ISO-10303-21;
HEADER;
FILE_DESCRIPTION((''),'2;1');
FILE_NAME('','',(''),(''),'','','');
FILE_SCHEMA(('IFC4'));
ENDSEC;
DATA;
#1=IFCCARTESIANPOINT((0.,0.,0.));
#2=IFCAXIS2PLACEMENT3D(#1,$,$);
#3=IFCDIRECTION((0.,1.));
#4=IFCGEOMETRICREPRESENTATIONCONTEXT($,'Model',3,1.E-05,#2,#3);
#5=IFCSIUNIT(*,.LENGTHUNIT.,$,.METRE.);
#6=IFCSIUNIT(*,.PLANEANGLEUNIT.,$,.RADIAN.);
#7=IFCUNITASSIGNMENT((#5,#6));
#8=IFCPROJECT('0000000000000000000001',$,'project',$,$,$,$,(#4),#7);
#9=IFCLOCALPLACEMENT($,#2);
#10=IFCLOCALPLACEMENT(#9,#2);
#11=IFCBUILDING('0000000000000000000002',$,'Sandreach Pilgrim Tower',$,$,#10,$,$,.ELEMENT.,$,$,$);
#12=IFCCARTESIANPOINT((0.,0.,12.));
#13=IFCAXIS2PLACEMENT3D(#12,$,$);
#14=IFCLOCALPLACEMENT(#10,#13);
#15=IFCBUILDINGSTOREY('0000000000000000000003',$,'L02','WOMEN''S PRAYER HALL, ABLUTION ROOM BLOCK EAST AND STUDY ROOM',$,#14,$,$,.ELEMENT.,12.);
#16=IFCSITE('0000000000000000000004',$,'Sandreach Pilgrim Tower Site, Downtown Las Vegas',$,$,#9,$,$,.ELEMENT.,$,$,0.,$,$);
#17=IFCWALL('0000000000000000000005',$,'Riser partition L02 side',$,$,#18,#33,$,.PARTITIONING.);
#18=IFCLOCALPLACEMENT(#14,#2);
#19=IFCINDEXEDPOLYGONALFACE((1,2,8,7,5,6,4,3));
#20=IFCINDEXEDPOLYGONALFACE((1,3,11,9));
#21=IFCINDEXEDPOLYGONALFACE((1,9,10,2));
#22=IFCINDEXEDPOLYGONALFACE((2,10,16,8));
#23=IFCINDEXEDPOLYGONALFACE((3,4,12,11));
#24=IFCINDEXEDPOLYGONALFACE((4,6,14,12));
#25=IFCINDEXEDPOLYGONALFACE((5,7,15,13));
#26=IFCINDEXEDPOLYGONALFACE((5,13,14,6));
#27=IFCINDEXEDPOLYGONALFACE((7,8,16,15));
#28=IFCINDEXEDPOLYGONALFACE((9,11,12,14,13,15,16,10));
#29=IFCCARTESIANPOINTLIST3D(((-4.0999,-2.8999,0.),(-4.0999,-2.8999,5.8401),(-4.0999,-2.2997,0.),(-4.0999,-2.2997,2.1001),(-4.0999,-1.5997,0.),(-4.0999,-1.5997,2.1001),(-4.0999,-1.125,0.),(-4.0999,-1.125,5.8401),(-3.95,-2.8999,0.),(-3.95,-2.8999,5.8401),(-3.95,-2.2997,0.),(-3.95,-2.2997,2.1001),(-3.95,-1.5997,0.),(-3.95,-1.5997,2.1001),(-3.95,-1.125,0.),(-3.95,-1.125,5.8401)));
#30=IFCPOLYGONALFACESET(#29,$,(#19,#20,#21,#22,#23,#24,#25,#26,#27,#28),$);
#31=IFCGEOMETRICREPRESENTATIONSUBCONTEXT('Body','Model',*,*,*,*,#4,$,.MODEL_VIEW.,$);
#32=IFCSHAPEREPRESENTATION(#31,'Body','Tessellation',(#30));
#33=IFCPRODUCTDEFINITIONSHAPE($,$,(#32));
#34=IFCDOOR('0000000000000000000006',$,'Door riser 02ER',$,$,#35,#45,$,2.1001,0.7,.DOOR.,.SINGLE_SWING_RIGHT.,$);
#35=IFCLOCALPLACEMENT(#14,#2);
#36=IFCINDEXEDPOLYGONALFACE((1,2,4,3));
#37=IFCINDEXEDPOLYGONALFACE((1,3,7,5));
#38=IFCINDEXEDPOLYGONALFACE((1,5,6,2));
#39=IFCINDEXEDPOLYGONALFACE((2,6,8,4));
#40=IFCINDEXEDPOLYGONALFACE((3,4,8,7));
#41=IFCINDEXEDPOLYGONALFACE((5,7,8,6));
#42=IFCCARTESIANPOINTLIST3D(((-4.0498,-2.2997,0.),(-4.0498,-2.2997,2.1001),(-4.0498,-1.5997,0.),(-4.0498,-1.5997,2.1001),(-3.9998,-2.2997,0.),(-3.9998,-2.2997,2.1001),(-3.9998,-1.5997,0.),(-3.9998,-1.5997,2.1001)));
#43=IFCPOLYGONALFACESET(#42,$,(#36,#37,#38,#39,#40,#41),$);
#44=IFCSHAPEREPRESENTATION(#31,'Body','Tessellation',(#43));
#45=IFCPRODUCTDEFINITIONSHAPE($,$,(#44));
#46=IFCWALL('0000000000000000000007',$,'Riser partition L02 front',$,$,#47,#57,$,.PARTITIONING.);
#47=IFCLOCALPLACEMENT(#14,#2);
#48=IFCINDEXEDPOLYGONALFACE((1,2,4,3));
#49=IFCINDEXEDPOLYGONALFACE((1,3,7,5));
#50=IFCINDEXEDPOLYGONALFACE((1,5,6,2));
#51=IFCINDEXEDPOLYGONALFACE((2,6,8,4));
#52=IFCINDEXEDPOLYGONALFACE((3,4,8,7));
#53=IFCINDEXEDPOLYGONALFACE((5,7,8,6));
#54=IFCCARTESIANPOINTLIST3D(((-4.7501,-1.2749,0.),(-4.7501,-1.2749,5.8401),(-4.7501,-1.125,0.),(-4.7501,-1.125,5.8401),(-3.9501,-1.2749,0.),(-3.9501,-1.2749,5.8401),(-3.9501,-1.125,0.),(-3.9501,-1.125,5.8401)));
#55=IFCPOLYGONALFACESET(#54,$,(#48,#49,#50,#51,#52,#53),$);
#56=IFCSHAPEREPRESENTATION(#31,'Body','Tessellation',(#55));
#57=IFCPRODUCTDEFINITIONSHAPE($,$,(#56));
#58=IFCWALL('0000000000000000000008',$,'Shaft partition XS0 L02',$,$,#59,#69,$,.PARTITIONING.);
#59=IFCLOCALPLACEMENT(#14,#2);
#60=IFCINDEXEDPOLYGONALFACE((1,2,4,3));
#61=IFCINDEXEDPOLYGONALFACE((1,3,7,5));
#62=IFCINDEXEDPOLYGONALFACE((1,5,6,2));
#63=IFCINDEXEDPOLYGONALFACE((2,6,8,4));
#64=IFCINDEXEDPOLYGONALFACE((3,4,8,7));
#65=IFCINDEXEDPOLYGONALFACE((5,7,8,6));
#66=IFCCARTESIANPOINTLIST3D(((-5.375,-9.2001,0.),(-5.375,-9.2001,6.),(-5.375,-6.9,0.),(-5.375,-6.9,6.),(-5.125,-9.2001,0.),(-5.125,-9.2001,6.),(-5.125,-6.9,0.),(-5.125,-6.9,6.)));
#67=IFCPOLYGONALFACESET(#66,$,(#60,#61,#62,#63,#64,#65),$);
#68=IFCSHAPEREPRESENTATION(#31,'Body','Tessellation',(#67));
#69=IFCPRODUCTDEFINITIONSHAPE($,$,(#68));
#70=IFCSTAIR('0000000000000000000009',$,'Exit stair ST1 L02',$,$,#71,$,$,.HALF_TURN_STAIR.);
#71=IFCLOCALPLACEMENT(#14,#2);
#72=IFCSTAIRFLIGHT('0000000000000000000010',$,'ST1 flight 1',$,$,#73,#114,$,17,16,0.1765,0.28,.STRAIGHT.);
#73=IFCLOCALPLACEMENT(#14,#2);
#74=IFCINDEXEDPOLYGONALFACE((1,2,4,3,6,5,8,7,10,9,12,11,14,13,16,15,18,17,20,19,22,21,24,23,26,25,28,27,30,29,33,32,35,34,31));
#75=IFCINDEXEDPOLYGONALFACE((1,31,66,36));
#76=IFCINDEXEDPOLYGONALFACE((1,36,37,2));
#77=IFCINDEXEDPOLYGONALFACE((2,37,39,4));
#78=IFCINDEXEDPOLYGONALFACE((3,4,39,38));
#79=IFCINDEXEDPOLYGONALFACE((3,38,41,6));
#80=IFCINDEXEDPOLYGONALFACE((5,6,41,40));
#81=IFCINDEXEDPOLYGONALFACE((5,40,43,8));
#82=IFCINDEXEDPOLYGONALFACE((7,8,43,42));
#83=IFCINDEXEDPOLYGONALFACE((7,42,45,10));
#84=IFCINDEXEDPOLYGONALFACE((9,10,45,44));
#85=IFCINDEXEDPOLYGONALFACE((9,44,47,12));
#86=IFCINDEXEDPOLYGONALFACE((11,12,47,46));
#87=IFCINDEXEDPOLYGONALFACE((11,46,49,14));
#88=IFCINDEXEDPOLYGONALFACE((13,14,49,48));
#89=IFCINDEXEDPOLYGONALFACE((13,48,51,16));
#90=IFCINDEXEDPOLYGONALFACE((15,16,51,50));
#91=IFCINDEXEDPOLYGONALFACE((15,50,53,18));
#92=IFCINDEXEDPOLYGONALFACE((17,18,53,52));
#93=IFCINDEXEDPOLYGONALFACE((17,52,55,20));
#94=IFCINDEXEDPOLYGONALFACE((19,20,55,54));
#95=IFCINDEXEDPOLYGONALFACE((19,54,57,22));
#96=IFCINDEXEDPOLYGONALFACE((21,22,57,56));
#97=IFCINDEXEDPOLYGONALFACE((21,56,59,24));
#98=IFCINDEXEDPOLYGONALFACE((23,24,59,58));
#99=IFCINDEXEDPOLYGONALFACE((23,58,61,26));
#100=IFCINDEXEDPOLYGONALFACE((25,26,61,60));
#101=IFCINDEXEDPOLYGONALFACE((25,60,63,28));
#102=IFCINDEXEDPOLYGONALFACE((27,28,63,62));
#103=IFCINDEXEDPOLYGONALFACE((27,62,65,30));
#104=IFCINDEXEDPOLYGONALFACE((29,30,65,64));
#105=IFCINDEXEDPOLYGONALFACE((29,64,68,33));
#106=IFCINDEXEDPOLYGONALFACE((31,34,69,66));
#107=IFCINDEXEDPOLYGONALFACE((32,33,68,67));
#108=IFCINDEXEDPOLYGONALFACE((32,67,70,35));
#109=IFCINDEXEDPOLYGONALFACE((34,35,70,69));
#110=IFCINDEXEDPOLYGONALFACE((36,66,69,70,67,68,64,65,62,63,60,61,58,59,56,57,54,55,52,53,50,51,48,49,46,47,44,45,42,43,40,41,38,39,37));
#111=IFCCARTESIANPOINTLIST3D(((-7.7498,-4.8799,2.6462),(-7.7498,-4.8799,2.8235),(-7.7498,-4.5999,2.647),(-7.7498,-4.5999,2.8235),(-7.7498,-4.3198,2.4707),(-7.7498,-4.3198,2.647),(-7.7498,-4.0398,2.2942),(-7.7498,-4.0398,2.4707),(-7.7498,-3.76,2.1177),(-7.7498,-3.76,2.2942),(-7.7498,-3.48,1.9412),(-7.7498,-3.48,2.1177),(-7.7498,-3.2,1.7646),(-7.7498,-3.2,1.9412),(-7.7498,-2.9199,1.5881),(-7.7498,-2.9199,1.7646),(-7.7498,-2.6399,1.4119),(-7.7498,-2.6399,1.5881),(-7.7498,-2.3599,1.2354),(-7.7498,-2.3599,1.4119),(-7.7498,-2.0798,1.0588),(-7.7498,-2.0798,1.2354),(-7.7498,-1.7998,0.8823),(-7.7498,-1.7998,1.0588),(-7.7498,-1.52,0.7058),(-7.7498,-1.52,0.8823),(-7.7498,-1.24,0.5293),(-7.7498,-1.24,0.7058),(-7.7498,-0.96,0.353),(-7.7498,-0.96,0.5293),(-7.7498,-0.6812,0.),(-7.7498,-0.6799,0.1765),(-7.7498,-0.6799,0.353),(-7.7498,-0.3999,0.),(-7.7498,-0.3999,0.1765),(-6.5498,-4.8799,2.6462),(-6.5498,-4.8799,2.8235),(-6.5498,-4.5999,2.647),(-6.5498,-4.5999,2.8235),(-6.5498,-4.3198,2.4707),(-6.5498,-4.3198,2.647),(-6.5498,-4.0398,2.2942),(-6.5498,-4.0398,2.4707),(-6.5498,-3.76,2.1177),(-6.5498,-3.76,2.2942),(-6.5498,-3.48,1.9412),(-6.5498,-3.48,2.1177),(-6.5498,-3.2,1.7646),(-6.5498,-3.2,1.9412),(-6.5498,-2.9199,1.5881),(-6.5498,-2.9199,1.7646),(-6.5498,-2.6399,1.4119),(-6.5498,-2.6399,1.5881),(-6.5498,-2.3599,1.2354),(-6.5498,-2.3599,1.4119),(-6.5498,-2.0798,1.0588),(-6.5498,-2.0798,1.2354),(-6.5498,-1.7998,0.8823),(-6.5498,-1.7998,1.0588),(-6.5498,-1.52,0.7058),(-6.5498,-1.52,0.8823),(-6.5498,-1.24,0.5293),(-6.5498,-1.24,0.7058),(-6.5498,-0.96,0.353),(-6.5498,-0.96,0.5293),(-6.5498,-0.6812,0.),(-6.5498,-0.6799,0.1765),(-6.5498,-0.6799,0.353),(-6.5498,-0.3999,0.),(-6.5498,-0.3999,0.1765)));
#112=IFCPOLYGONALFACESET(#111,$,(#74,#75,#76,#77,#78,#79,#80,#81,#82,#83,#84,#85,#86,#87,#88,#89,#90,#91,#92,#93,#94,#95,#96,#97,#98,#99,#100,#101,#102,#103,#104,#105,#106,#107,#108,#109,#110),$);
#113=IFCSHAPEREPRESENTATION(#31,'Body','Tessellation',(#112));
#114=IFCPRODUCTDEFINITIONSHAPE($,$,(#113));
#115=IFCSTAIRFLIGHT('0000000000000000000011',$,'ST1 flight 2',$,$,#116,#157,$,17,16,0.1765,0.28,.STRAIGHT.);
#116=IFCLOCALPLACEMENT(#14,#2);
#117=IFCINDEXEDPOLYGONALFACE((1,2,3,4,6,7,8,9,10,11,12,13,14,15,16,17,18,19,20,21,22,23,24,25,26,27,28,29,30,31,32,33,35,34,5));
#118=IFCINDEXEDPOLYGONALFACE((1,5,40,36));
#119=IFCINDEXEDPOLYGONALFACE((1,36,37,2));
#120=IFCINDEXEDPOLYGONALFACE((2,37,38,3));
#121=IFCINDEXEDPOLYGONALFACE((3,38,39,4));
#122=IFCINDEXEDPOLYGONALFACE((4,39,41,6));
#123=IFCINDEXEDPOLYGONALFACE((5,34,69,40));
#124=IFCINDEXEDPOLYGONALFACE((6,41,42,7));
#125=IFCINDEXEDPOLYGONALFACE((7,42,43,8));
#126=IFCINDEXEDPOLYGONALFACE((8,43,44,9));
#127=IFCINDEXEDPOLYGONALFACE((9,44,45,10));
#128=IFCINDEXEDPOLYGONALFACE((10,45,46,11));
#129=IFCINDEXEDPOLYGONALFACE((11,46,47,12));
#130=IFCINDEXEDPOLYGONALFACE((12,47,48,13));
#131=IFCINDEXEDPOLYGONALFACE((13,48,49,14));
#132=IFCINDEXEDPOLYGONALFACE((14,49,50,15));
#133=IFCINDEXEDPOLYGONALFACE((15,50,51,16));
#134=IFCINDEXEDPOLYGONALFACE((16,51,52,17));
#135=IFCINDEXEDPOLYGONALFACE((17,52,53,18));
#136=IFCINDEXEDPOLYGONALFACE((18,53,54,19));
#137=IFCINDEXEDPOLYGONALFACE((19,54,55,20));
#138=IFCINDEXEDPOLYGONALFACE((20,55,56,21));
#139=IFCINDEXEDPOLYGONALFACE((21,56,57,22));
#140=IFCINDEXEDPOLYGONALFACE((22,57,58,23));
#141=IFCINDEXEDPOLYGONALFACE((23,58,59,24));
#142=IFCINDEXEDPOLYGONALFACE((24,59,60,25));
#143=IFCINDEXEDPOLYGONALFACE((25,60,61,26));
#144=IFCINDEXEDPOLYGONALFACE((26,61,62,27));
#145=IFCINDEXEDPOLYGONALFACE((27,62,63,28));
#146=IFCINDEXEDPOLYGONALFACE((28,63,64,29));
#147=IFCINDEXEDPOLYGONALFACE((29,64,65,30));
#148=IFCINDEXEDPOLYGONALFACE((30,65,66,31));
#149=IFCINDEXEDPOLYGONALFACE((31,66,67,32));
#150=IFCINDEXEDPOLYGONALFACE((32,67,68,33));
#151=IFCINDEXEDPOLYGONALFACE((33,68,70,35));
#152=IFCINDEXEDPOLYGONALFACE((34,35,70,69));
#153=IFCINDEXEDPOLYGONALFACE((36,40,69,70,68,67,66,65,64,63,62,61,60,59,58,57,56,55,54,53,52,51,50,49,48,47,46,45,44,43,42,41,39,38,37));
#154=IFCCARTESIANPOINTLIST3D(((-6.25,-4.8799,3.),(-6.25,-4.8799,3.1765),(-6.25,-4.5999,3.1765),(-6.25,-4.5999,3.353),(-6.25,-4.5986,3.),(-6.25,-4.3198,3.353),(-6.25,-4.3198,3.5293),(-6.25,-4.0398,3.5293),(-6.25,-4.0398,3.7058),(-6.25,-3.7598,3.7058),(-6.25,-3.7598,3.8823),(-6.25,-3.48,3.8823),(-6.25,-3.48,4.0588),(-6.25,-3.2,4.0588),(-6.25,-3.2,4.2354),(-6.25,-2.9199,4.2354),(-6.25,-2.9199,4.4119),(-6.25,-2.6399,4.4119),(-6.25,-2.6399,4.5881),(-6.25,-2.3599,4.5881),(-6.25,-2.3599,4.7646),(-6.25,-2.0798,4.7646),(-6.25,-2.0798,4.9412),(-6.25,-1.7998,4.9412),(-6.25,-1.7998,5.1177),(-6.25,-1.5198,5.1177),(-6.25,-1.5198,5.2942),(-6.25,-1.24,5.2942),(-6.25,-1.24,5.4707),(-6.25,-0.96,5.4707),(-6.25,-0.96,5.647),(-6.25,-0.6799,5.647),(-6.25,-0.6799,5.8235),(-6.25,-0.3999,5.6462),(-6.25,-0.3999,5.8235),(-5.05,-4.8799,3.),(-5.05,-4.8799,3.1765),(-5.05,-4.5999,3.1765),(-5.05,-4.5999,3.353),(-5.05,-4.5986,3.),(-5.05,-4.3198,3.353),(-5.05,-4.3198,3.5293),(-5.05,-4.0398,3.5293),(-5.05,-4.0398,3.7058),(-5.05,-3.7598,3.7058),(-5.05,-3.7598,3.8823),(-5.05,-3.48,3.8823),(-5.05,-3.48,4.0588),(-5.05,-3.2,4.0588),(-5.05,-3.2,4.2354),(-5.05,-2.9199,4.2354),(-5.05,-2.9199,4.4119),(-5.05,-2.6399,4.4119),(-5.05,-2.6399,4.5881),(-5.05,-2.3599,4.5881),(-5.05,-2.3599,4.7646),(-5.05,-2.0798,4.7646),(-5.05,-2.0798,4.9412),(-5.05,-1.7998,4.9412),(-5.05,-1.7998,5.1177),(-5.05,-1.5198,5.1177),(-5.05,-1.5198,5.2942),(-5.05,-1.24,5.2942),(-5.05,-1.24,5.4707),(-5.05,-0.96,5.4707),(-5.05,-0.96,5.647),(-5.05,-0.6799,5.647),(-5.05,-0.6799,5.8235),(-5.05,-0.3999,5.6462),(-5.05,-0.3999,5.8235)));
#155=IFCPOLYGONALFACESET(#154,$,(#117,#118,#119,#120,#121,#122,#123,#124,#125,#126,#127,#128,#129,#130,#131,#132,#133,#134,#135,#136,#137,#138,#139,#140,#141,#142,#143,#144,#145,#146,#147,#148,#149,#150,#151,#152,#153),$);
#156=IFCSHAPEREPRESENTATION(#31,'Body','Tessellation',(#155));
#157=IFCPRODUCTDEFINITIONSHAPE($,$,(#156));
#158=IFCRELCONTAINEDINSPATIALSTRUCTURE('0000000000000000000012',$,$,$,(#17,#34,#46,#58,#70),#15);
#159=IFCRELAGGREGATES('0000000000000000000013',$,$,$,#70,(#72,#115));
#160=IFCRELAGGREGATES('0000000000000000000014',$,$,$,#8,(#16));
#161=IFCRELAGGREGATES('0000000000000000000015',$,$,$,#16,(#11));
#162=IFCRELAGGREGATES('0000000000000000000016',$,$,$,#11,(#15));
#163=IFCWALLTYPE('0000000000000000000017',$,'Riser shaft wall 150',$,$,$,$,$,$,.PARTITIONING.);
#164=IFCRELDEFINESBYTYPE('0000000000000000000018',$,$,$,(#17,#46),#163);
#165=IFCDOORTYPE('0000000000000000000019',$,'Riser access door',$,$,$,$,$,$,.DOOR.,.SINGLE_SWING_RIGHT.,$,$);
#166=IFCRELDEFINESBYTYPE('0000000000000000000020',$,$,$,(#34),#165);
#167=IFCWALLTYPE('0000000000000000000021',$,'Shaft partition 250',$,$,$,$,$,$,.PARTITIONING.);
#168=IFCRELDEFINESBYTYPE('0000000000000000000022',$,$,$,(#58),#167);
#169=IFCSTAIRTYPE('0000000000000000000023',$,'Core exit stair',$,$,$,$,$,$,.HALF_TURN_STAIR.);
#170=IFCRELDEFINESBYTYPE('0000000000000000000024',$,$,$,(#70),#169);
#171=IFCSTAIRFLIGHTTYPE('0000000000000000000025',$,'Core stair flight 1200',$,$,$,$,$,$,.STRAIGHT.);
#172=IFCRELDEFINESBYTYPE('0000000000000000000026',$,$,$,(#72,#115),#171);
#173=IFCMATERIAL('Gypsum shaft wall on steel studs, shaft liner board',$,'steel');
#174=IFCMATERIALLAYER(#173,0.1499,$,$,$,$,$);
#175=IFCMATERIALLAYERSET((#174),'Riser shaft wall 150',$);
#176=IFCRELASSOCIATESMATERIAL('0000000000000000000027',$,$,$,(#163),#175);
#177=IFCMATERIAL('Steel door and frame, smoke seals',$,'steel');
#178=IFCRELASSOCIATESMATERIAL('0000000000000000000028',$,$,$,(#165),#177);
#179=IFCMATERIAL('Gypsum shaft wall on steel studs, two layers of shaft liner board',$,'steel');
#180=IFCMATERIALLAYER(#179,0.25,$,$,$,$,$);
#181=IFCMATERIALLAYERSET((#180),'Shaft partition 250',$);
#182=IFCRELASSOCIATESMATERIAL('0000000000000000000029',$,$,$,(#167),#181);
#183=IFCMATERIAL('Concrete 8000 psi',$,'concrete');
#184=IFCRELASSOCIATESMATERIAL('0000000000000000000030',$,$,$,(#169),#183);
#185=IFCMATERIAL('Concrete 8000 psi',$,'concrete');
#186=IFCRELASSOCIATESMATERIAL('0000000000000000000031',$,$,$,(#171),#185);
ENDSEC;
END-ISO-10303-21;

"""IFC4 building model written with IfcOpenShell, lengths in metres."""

from ifc_helpers import new_model, si_unit, direction, frame, frame_2d, origin, place, context, subcontext, project, spatial, polyline, rectangle, outline, extrude, material, layer, layer_set, type_object, element, fill, aggregate, save


model = new_model("IFC4")

# Units and contexts
model_context = context("Model", 3, precision=1e-05, world=origin(), true_north=direction((0.0, 1.0)))
body_context = subcontext(model_context, "Body", "Model", "MODEL_VIEW")
ifc_project = project(units=[si_unit("LENGTHUNIT", "METRE"), si_unit("PLANEANGLEUNIT", "RADIAN")], contexts=[model_context])

# Site, building, storey
site_placement = place(None, origin())
site = spatial("IfcSite", under=ifc_project, at=site_placement, Name="Sandreach Pilgrim Tower Site, Downtown Las Vegas", CompositionType="ELEMENT", RefElevation=0.0)
building_placement = place(site_placement, origin())
building = spatial("IfcBuilding", under=site, at=building_placement, Name="Sandreach Pilgrim Tower", CompositionType="ELEMENT")
storey_placement = place(building_placement, frame((0.0, 0.0, 12.0)))
storey = spatial("IfcBuildingStorey", under=building, at=storey_placement, Name="L02", Description="WOMEN'S PRAYER HALL, ABLUTION ROOM BLOCK EAST AND STUDY ROOM", CompositionType="ELEMENT", Elevation=12.0)

# Wall, opening, door
ifc_material_1 = material(Name="Gypsum shaft wall on steel studs, shaft liner board", Category="steel")
ifc_layer_1 = layer(ifc_material_1, 0.1499)
ifc_layer_set_1 = layer_set([ifc_layer_1], Name="Riser shaft wall 150")
wall_type_1 = type_object("IfcWallType", Name="Riser shaft wall 150", PredefinedType="PARTITIONING", material=ifc_layer_set_1)
wall_1_placement = place(storey_placement, frame((-4.0249, -2.8999, 0.0), z_axis=(0.0, 0.0, 1.0), x_axis=(0.0, 1.0, 0.0)))
wall_1 = element("IfcWall", 1, at=wall_1_placement, inside=storey, type_object=wall_type_1, Name="Riser partition L02 side", PredefinedType="PARTITIONING", context=body_context, shape_type="SweptSolid", body=[
    extrude(rectangle(XDim=1.7749, YDim=0.1499, at=frame_2d((0.8875, 0.0))), origin(), (0.0, 0.0, 1.0), 5.8401),
])
opening_1_placement = place(wall_1_placement, frame((0.6001, 0.0, 0.0)))
opening_1 = element("IfcOpeningElement", 2, at=opening_1_placement, cuts=wall_1, PredefinedType="OPENING", context=body_context, shape_type="SweptSolid", body=[
    extrude(rectangle(XDim=0.7, YDim=2.1001, at=frame_2d((0.3501, 1.05))), frame((0.0, 0.075, 0.0), z_axis=(0.0, -1.0, 0.0), x_axis=(1.0, 0.0, 0.0)), (0.0, 0.0, 1.0), 0.1499),
])
ifc_material_2 = material(Name="Steel door and frame, smoke seals", Category="steel")
door_type_1 = type_object("IfcDoorType", Name="Riser access door", OperationType="SINGLE_SWING_RIGHT", PredefinedType="DOOR", material=ifc_material_2)
door_1_placement = place(opening_1_placement, origin())
door_1 = element("IfcDoor", 3, at=door_1_placement, inside=storey, type_object=door_type_1, Name="Door riser 02ER", OperationType="SINGLE_SWING_RIGHT", OverallHeight=2.1001, OverallWidth=0.7, PredefinedType="DOOR", context=body_context, shape_type="SweptSolid", body=[
    extrude(rectangle(XDim=0.7, YDim=2.1001, at=frame_2d((0.3501, 1.05))), frame((0.0, 0.0249, 0.0), z_axis=(0.0, -1.0, 0.0), x_axis=(1.0, 0.0, 0.0)), (0.0, 0.0, 1.0), 0.05),
])
fill(opening_1, door_1)

# Walls
wall_2_placement = place(storey_placement, frame((-4.75, -1.2, 0.0), z_axis=(0.0, 0.0, 1.0), x_axis=(1.0, 0.0, 0.0)))
element("IfcWall", 4, at=wall_2_placement, inside=storey, type_object=wall_type_1, Name="Riser partition L02 front", PredefinedType="PARTITIONING", context=body_context, shape_type="SweptSolid", body=[
    extrude(rectangle(XDim=0.8, YDim=0.1499, at=frame_2d((0.3999, 0.0))), origin(), (0.0, 0.0, 1.0), 5.8401),
])
ifc_material_3 = material(Name="Gypsum shaft wall on steel studs, two layers of shaft liner board", Category="steel")
ifc_layer_2 = layer(ifc_material_3, 0.25)
ifc_layer_set_2 = layer_set([ifc_layer_2], Name="Shaft partition 250")
wall_type_2 = type_object("IfcWallType", Name="Shaft partition 250", PredefinedType="PARTITIONING", material=ifc_layer_set_2)
wall_3_placement = place(storey_placement, frame((-5.25, -9.2, 0.0), z_axis=(0.0, 0.0, 1.0), x_axis=(0.0, 1.0, 0.0)))
element("IfcWall", 5, at=wall_3_placement, inside=storey, type_object=wall_type_2, Name="Shaft partition XS0 L02", PredefinedType="PARTITIONING", context=body_context, shape_type="SweptSolid", body=[
    extrude(rectangle(XDim=2.3, YDim=0.25, at=frame_2d((1.1499, 0.0))), origin(), (0.0, 0.0, 1.0), 6.0),
])

# Stair, stair flights
ifc_material_4 = material(Name="Concrete 8000 psi", Category="concrete")
stair_type = type_object("IfcStairType", Name="Core exit stair", PredefinedType="HALF_TURN_STAIR", material=ifc_material_4)
stair_placement = place(storey_placement, origin())
stair = element("IfcStair", 6, at=stair_placement, inside=storey, type_object=stair_type, Name="Exit stair ST1 L02", PredefinedType="HALF_TURN_STAIR")
ifc_material_5 = material(Name="Concrete 8000 psi", Category="concrete")
stair_flight_type = type_object("IfcStairFlightType", Name="Core stair flight 1200", PredefinedType="STRAIGHT", material=ifc_material_5)
stair_flight_1_placement = place(storey_placement, frame((-7.1499, -0.3999, 0.0), z_axis=(0.0, 0.0, 1.0), x_axis=(0.0, -1.0, 0.0)))
stair_flight_1 = element("IfcStairFlight", 7, at=stair_flight_1_placement, type_object=stair_flight_type, Name="ST1 flight 1", NumberOfRisers=17, NumberOfTreads=16, PredefinedType="STRAIGHT", RiserHeight=0.1765, TreadLength=0.28, context=body_context, shape_type="SweptSolid", body=[
    extrude(outline(polyline([(0.0, 0.0), (0.0, 0.1765), (0.28, 0.1765), (0.28, 0.353), (0.5601, 0.353), (0.5601, 0.5293), (0.8401, 0.5293), (0.8401, 0.7058), (1.1201, 0.7058), (1.1201, 0.8823), (1.3999, 0.8823), (1.3999, 1.0588), (1.6799, 1.0588), (1.6799, 1.2354), (1.96, 1.2354), (1.96, 1.4119), (2.24, 1.4119), (2.24, 1.5881), (2.52, 1.5881), (2.52, 1.7646), (2.8, 1.7646), (2.8, 1.9412), (3.0801, 1.9412), (3.0801, 2.1177), (3.3601, 2.1177), (3.3601, 2.2942), (3.6399, 2.2942), (3.6399, 2.4707), (3.9199, 2.4707), (3.9199, 2.647), (4.2, 2.647), (4.2, 2.8235), (4.48, 2.8235), (4.48, 3.0), (4.48, 2.6462), (0.2812, 0.0), (0.0, 0.0)])), frame((0.0, 0.6001, 0.0), z_axis=(0.0, -1.0, 0.0), x_axis=(1.0, 0.0, 0.0)), (0.0, 0.0, 1.0), 1.2),
])
stair_flight_2_placement = place(storey_placement, frame((-5.6499, -4.8799, 3.0), z_axis=(0.0, 0.0, 1.0), x_axis=(0.0, 1.0, 0.0)))
stair_flight_2 = element("IfcStairFlight", 8, at=stair_flight_2_placement, type_object=stair_flight_type, Name="ST1 flight 2", NumberOfRisers=17, NumberOfTreads=16, PredefinedType="STRAIGHT", RiserHeight=0.1765, TreadLength=0.28, context=body_context, shape_type="SweptSolid", body=[
    extrude(outline(polyline([(0.0, 0.0), (0.0, 0.1765), (0.28, 0.1765), (0.28, 0.353), (0.5601, 0.353), (0.5601, 0.5293), (0.8401, 0.5293), (0.8401, 0.7058), (1.1201, 0.7058), (1.1201, 0.8823), (1.3999, 0.8823), (1.3999, 1.0588), (1.6799, 1.0588), (1.6799, 1.2354), (1.96, 1.2354), (1.96, 1.4119), (2.24, 1.4119), (2.24, 1.5881), (2.52, 1.5881), (2.52, 1.7646), (2.8, 1.7646), (2.8, 1.9412), (3.0801, 1.9412), (3.0801, 2.1177), (3.3601, 2.1177), (3.3601, 2.2942), (3.6399, 2.2942), (3.6399, 2.4707), (3.9199, 2.4707), (3.9199, 2.647), (4.2, 2.647), (4.2, 2.8235), (4.48, 2.8235), (4.48, 3.0), (4.48, 2.6462), (0.2812, 0.0), (0.0, 0.0)])), frame((0.0, 0.6001, 0.0), z_axis=(0.0, -1.0, 0.0), x_axis=(1.0, 0.0, 0.0)), (0.0, 0.0, 1.0), 1.2),
])
aggregate(stair, [stair_flight_1, stair_flight_2])

save(model, "model.ifc")
